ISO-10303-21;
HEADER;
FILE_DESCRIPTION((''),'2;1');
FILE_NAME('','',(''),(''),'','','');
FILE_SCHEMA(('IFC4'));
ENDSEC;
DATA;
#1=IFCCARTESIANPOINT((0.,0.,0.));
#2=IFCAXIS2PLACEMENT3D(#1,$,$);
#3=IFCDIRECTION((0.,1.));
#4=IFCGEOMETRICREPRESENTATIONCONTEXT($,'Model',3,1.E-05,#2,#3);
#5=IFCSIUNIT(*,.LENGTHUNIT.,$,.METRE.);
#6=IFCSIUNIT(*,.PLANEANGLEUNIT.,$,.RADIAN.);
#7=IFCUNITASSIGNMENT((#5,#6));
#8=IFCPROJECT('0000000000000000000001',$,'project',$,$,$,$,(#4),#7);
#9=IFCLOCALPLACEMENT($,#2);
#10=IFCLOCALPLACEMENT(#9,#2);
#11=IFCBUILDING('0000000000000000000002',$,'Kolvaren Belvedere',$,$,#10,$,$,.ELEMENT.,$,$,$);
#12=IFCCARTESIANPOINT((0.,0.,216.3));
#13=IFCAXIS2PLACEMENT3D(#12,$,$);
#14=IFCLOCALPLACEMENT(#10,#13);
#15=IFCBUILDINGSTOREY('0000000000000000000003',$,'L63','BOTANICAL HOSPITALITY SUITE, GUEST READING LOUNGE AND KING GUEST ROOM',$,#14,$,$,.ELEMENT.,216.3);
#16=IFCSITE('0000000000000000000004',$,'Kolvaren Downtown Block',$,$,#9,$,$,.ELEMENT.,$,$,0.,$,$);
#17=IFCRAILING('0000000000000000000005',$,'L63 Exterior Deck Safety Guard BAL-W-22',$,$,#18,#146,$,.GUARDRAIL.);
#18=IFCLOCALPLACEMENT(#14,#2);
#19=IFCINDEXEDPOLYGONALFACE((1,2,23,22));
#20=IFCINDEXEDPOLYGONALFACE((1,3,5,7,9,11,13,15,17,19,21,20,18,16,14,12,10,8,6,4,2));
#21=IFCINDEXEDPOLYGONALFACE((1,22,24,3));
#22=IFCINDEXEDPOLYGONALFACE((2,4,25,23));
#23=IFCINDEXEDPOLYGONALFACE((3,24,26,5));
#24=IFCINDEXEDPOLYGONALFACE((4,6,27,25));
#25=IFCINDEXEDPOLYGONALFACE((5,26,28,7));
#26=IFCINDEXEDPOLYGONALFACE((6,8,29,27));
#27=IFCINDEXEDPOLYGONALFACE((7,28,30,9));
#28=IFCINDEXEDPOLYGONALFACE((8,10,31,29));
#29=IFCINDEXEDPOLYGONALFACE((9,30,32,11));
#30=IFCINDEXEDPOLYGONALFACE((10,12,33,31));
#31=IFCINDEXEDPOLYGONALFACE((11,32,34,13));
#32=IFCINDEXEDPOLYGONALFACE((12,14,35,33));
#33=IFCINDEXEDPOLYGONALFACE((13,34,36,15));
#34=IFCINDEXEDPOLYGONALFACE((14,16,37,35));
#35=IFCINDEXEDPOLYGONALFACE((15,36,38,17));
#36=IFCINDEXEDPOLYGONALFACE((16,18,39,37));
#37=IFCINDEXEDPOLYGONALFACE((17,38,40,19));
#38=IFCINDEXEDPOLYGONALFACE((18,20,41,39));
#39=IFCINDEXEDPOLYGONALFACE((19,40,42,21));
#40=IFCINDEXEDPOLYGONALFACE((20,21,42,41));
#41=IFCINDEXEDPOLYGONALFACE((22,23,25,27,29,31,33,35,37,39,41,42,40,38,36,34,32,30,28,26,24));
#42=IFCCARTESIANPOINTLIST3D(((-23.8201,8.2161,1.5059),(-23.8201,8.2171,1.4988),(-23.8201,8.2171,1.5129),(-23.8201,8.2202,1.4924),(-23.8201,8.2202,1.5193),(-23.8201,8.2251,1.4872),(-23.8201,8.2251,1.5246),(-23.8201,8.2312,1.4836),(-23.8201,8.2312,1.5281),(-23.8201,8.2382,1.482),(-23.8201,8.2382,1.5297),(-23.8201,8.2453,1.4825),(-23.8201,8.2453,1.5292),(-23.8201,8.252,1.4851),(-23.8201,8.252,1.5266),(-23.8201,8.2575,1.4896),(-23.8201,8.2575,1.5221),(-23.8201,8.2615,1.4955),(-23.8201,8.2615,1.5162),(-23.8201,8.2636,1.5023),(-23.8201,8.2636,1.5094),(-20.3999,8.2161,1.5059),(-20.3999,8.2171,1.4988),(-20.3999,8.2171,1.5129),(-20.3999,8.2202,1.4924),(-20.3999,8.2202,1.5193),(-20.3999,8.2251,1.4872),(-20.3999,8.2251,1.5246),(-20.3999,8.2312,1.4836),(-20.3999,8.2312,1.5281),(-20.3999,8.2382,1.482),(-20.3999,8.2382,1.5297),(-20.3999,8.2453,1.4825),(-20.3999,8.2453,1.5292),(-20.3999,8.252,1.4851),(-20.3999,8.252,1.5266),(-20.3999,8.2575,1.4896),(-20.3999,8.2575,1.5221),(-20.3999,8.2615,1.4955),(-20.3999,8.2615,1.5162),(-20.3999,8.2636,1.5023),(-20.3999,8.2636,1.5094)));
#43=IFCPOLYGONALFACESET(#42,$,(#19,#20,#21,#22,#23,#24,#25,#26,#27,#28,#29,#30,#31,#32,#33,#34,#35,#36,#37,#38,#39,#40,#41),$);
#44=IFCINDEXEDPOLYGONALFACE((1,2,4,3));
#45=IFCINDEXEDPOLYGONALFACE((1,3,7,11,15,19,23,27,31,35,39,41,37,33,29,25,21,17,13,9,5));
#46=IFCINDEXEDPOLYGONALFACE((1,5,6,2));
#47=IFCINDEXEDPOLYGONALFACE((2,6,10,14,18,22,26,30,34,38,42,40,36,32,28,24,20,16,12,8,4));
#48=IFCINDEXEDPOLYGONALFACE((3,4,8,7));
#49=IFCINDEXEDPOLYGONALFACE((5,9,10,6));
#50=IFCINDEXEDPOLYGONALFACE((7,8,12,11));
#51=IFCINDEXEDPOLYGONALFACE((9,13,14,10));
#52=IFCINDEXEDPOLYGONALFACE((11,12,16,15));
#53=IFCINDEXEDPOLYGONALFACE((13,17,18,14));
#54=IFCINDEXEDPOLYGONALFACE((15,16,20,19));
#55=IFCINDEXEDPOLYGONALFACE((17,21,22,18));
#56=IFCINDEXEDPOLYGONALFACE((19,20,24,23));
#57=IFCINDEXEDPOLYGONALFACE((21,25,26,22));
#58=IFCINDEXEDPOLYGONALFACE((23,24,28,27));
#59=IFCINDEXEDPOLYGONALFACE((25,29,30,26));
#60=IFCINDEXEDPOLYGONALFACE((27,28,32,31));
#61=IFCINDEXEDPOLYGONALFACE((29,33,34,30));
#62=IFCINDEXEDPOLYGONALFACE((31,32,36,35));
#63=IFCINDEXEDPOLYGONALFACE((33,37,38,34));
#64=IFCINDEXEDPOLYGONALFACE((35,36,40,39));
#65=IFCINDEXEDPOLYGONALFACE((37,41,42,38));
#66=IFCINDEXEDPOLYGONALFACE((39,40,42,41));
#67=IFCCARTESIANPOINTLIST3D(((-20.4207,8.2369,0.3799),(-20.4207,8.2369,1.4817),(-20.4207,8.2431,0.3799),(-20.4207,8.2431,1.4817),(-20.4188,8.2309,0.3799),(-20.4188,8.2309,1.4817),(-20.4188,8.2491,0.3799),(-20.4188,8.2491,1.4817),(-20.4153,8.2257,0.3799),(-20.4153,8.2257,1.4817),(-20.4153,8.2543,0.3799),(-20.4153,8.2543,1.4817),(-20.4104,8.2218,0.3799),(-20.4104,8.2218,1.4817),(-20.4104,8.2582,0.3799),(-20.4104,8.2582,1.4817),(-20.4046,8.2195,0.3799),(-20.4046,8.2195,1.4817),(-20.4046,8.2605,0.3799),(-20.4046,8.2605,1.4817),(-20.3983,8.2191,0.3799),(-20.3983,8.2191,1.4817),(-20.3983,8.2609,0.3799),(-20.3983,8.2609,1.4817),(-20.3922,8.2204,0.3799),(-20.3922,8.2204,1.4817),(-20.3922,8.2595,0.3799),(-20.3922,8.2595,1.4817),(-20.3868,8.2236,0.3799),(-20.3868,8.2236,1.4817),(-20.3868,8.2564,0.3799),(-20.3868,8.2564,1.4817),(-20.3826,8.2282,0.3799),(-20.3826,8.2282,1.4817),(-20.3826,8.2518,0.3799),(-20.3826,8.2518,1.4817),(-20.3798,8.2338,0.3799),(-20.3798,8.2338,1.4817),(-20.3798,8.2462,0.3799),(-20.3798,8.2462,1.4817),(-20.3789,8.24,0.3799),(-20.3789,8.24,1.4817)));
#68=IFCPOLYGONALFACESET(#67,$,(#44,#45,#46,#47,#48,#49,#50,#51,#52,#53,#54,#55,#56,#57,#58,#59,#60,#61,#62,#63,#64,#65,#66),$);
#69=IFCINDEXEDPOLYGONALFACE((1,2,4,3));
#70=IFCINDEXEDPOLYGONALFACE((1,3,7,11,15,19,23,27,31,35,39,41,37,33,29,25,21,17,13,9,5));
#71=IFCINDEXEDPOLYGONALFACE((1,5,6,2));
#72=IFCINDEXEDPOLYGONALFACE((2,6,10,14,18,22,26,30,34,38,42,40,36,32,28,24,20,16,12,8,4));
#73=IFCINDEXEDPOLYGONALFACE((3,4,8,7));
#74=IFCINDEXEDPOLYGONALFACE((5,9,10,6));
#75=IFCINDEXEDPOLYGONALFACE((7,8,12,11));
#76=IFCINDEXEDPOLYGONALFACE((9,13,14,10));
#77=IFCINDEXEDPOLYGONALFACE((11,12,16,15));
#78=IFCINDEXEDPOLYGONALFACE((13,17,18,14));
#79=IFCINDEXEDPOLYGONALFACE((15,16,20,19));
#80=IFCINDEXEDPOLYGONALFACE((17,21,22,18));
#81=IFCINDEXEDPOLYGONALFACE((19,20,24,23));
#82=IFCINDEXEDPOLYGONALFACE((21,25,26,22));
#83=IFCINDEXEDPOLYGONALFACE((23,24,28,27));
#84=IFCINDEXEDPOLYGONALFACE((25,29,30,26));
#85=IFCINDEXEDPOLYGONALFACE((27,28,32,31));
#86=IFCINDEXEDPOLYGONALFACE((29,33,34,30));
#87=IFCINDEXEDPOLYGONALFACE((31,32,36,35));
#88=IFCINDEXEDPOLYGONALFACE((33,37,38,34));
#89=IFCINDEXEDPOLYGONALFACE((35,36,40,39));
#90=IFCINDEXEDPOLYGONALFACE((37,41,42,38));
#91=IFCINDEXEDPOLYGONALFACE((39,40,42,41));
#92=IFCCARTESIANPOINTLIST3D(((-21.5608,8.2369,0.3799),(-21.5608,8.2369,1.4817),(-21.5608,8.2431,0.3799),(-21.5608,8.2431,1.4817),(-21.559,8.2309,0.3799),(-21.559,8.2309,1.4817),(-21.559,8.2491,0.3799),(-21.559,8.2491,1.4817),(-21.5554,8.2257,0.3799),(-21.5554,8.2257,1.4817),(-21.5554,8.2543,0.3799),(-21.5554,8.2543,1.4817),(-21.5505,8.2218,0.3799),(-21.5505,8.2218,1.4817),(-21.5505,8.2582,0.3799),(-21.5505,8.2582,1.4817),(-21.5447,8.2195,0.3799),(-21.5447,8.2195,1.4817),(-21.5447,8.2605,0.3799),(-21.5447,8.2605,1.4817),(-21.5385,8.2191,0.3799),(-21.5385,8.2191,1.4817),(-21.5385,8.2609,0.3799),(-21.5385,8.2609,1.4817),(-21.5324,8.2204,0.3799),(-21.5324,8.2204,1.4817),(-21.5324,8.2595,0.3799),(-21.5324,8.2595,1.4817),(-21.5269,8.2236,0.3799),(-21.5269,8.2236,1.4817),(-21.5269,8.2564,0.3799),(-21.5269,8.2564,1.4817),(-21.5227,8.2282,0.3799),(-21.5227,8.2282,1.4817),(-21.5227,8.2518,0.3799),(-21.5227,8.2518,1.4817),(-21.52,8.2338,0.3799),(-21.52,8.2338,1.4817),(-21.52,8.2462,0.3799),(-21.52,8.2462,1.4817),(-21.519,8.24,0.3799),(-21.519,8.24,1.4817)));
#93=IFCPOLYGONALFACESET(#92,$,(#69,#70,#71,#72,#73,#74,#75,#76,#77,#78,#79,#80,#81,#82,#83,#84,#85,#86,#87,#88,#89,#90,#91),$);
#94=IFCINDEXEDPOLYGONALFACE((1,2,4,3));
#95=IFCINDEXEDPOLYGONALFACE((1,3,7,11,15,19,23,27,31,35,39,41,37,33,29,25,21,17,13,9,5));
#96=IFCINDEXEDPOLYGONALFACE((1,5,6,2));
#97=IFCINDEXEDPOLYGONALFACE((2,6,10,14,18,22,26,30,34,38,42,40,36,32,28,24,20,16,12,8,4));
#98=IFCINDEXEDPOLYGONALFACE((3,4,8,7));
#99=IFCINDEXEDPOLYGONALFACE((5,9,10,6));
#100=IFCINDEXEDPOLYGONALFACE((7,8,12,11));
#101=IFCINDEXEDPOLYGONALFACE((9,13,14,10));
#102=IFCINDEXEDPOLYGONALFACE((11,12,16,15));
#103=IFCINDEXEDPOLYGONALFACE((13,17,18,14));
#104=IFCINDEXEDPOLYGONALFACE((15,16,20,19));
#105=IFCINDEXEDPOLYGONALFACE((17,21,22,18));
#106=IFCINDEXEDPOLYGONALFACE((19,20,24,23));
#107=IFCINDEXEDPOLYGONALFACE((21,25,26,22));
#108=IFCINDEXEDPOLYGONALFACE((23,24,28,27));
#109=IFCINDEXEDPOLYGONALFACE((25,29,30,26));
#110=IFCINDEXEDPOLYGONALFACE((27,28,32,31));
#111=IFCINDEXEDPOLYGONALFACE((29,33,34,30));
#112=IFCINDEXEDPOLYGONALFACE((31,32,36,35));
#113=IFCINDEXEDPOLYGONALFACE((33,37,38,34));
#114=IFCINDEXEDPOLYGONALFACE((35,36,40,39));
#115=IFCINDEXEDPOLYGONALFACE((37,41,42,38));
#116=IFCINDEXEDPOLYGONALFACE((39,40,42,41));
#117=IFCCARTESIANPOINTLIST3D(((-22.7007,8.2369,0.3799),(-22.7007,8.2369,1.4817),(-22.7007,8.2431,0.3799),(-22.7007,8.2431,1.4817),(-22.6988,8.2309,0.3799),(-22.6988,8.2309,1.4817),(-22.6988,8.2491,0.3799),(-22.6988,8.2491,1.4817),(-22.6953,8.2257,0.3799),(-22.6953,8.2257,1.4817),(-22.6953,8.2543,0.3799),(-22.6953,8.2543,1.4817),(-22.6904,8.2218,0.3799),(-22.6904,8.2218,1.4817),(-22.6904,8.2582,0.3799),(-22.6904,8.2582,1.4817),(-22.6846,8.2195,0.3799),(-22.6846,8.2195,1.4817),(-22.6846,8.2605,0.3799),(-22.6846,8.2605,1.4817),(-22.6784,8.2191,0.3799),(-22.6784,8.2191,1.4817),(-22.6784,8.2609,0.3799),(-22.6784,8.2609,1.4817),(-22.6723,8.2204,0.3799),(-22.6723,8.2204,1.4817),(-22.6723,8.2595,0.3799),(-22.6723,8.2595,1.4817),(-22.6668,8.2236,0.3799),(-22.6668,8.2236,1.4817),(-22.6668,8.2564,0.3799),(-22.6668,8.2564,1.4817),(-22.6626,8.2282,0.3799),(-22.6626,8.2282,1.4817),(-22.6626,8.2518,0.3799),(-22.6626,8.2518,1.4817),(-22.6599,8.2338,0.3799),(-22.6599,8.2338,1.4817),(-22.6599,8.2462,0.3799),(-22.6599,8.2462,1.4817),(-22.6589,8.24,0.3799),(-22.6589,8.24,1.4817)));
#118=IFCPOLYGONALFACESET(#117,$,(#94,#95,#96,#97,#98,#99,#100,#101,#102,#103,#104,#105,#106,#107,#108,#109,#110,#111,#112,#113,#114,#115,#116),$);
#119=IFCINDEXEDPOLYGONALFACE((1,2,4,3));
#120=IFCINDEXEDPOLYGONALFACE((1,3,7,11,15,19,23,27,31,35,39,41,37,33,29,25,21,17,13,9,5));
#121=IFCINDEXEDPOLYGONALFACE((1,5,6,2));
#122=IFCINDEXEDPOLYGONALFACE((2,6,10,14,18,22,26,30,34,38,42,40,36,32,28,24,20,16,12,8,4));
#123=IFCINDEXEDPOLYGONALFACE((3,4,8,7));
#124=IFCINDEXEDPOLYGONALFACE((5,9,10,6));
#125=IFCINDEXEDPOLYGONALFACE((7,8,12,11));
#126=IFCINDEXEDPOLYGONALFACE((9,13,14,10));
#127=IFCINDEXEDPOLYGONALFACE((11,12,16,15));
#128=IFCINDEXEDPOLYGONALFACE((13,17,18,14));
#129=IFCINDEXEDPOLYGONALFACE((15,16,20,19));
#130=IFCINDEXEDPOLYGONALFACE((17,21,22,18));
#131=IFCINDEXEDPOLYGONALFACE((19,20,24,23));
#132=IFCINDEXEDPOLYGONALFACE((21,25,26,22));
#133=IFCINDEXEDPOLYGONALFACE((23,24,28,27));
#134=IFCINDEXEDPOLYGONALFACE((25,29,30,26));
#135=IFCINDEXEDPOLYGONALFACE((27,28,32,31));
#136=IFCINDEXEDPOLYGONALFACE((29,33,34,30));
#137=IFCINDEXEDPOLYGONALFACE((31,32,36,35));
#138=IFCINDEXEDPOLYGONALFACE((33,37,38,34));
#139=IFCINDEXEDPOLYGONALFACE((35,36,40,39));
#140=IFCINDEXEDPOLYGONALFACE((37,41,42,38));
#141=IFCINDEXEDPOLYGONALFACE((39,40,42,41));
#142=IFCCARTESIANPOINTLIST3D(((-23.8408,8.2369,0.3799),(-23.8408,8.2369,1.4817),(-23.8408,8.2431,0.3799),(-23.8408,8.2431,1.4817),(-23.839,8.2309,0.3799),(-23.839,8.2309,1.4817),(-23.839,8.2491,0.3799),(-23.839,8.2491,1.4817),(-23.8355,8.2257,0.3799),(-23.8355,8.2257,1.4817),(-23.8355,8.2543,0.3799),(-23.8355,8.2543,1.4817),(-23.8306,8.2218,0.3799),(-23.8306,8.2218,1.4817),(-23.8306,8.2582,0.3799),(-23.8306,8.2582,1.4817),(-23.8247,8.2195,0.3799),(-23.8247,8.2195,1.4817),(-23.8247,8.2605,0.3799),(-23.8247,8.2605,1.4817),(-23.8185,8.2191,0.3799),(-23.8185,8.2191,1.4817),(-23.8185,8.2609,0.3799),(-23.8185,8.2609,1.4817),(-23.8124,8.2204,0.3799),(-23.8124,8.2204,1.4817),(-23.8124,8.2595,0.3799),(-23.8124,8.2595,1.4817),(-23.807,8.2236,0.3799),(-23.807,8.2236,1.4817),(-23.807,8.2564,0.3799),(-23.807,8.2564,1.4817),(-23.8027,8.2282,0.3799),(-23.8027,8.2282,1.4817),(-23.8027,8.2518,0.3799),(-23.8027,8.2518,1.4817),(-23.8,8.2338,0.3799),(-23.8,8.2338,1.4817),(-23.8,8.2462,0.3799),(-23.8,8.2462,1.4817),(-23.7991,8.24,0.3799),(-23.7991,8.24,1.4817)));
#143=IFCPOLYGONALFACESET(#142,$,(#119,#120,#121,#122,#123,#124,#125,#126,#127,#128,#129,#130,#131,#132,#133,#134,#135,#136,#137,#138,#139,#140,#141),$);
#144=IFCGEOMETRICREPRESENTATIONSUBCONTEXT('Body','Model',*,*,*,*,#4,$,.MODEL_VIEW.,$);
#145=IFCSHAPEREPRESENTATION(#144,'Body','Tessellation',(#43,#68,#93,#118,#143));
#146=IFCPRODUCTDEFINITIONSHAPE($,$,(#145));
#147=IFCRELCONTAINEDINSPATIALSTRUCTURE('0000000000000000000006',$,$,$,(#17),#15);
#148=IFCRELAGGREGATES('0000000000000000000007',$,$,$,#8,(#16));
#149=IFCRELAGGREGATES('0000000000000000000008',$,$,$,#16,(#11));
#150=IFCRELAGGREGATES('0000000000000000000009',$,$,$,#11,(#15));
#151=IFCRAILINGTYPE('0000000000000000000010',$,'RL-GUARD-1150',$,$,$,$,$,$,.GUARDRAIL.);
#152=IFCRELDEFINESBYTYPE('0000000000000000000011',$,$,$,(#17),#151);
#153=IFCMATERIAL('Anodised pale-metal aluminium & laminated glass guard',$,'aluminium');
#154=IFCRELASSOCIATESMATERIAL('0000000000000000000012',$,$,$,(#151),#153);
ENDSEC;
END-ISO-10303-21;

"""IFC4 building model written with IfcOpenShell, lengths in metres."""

from ifc_helpers import new_model, si_unit, direction, frame, origin, origin_2d, place, context, subcontext, project, spatial, circle, extrude, material, type_object, element, save


model = new_model("IFC4")

# Units and contexts
model_context = context("Model", 3, precision=1e-05, world=origin(), true_north=direction((0.0, 1.0)))
body_context = subcontext(model_context, "Body", "Model", "MODEL_VIEW")
ifc_project = project(units=[si_unit("LENGTHUNIT", "METRE"), si_unit("PLANEANGLEUNIT", "RADIAN")], contexts=[model_context])

# Site, building, storey
site_placement = place(None, origin())
site = spatial("IfcSite", under=ifc_project, at=site_placement, Name="Kolvaren Downtown Block", CompositionType="ELEMENT", RefElevation=0.0)
building_placement = place(site_placement, origin())
building = spatial("IfcBuilding", under=site, at=building_placement, Name="Kolvaren Belvedere", CompositionType="ELEMENT")
storey_placement = place(building_placement, frame((0.0, 0.0, 216.3)))
storey = spatial("IfcBuildingStorey", under=building, at=storey_placement, Name="L63", Description="BOTANICAL HOSPITALITY SUITE, GUEST READING LOUNGE AND KING GUEST ROOM", CompositionType="ELEMENT", Elevation=216.3)

# Railing
ifc_material_1 = material(Name="Anodised pale-metal aluminium & laminated glass guard", Category="aluminium")
railing_type = type_object("IfcRailingType", Name="RL-GUARD-1150", PredefinedType="GUARDRAIL", material=ifc_material_1)
railing_1_placement = place(storey_placement, frame((-20.3999, 8.24, 0.3799)))
element("IfcRailing", 1, at=railing_1_placement, inside=storey, type_object=railing_type, Name="L63 Exterior Deck Safety Guard BAL-W-22", PredefinedType="GUARDRAIL", context=body_context, shape_type="SweptSolid", body=[
    extrude(circle(Radius=0.0239, at=origin_2d()), frame((0.0, 0.0, 1.126), z_axis=(-1.0, 0.0, 0.0), x_axis=(0.0, -1.0, 0.0)), (0.0, 0.0, 1.0), 3.4202),
    extrude(circle(Radius=0.021, at=origin_2d()), origin(), (0.0, 0.0, 1.0), 1.1018),
    extrude(circle(Radius=0.021, at=origin_2d()), frame((-1.1401, 0.0, 0.0)), (0.0, 0.0, 1.0), 1.1018),
    extrude(circle(Radius=0.021, at=origin_2d()), frame((-2.28, 0.0, 0.0)), (0.0, 0.0, 1.0), 1.1018),
    extrude(circle(Radius=0.021, at=origin_2d()), frame((-3.4202, 0.0, 0.0)), (0.0, 0.0, 1.0), 1.1018),
])

save(model, "model.ifc")
